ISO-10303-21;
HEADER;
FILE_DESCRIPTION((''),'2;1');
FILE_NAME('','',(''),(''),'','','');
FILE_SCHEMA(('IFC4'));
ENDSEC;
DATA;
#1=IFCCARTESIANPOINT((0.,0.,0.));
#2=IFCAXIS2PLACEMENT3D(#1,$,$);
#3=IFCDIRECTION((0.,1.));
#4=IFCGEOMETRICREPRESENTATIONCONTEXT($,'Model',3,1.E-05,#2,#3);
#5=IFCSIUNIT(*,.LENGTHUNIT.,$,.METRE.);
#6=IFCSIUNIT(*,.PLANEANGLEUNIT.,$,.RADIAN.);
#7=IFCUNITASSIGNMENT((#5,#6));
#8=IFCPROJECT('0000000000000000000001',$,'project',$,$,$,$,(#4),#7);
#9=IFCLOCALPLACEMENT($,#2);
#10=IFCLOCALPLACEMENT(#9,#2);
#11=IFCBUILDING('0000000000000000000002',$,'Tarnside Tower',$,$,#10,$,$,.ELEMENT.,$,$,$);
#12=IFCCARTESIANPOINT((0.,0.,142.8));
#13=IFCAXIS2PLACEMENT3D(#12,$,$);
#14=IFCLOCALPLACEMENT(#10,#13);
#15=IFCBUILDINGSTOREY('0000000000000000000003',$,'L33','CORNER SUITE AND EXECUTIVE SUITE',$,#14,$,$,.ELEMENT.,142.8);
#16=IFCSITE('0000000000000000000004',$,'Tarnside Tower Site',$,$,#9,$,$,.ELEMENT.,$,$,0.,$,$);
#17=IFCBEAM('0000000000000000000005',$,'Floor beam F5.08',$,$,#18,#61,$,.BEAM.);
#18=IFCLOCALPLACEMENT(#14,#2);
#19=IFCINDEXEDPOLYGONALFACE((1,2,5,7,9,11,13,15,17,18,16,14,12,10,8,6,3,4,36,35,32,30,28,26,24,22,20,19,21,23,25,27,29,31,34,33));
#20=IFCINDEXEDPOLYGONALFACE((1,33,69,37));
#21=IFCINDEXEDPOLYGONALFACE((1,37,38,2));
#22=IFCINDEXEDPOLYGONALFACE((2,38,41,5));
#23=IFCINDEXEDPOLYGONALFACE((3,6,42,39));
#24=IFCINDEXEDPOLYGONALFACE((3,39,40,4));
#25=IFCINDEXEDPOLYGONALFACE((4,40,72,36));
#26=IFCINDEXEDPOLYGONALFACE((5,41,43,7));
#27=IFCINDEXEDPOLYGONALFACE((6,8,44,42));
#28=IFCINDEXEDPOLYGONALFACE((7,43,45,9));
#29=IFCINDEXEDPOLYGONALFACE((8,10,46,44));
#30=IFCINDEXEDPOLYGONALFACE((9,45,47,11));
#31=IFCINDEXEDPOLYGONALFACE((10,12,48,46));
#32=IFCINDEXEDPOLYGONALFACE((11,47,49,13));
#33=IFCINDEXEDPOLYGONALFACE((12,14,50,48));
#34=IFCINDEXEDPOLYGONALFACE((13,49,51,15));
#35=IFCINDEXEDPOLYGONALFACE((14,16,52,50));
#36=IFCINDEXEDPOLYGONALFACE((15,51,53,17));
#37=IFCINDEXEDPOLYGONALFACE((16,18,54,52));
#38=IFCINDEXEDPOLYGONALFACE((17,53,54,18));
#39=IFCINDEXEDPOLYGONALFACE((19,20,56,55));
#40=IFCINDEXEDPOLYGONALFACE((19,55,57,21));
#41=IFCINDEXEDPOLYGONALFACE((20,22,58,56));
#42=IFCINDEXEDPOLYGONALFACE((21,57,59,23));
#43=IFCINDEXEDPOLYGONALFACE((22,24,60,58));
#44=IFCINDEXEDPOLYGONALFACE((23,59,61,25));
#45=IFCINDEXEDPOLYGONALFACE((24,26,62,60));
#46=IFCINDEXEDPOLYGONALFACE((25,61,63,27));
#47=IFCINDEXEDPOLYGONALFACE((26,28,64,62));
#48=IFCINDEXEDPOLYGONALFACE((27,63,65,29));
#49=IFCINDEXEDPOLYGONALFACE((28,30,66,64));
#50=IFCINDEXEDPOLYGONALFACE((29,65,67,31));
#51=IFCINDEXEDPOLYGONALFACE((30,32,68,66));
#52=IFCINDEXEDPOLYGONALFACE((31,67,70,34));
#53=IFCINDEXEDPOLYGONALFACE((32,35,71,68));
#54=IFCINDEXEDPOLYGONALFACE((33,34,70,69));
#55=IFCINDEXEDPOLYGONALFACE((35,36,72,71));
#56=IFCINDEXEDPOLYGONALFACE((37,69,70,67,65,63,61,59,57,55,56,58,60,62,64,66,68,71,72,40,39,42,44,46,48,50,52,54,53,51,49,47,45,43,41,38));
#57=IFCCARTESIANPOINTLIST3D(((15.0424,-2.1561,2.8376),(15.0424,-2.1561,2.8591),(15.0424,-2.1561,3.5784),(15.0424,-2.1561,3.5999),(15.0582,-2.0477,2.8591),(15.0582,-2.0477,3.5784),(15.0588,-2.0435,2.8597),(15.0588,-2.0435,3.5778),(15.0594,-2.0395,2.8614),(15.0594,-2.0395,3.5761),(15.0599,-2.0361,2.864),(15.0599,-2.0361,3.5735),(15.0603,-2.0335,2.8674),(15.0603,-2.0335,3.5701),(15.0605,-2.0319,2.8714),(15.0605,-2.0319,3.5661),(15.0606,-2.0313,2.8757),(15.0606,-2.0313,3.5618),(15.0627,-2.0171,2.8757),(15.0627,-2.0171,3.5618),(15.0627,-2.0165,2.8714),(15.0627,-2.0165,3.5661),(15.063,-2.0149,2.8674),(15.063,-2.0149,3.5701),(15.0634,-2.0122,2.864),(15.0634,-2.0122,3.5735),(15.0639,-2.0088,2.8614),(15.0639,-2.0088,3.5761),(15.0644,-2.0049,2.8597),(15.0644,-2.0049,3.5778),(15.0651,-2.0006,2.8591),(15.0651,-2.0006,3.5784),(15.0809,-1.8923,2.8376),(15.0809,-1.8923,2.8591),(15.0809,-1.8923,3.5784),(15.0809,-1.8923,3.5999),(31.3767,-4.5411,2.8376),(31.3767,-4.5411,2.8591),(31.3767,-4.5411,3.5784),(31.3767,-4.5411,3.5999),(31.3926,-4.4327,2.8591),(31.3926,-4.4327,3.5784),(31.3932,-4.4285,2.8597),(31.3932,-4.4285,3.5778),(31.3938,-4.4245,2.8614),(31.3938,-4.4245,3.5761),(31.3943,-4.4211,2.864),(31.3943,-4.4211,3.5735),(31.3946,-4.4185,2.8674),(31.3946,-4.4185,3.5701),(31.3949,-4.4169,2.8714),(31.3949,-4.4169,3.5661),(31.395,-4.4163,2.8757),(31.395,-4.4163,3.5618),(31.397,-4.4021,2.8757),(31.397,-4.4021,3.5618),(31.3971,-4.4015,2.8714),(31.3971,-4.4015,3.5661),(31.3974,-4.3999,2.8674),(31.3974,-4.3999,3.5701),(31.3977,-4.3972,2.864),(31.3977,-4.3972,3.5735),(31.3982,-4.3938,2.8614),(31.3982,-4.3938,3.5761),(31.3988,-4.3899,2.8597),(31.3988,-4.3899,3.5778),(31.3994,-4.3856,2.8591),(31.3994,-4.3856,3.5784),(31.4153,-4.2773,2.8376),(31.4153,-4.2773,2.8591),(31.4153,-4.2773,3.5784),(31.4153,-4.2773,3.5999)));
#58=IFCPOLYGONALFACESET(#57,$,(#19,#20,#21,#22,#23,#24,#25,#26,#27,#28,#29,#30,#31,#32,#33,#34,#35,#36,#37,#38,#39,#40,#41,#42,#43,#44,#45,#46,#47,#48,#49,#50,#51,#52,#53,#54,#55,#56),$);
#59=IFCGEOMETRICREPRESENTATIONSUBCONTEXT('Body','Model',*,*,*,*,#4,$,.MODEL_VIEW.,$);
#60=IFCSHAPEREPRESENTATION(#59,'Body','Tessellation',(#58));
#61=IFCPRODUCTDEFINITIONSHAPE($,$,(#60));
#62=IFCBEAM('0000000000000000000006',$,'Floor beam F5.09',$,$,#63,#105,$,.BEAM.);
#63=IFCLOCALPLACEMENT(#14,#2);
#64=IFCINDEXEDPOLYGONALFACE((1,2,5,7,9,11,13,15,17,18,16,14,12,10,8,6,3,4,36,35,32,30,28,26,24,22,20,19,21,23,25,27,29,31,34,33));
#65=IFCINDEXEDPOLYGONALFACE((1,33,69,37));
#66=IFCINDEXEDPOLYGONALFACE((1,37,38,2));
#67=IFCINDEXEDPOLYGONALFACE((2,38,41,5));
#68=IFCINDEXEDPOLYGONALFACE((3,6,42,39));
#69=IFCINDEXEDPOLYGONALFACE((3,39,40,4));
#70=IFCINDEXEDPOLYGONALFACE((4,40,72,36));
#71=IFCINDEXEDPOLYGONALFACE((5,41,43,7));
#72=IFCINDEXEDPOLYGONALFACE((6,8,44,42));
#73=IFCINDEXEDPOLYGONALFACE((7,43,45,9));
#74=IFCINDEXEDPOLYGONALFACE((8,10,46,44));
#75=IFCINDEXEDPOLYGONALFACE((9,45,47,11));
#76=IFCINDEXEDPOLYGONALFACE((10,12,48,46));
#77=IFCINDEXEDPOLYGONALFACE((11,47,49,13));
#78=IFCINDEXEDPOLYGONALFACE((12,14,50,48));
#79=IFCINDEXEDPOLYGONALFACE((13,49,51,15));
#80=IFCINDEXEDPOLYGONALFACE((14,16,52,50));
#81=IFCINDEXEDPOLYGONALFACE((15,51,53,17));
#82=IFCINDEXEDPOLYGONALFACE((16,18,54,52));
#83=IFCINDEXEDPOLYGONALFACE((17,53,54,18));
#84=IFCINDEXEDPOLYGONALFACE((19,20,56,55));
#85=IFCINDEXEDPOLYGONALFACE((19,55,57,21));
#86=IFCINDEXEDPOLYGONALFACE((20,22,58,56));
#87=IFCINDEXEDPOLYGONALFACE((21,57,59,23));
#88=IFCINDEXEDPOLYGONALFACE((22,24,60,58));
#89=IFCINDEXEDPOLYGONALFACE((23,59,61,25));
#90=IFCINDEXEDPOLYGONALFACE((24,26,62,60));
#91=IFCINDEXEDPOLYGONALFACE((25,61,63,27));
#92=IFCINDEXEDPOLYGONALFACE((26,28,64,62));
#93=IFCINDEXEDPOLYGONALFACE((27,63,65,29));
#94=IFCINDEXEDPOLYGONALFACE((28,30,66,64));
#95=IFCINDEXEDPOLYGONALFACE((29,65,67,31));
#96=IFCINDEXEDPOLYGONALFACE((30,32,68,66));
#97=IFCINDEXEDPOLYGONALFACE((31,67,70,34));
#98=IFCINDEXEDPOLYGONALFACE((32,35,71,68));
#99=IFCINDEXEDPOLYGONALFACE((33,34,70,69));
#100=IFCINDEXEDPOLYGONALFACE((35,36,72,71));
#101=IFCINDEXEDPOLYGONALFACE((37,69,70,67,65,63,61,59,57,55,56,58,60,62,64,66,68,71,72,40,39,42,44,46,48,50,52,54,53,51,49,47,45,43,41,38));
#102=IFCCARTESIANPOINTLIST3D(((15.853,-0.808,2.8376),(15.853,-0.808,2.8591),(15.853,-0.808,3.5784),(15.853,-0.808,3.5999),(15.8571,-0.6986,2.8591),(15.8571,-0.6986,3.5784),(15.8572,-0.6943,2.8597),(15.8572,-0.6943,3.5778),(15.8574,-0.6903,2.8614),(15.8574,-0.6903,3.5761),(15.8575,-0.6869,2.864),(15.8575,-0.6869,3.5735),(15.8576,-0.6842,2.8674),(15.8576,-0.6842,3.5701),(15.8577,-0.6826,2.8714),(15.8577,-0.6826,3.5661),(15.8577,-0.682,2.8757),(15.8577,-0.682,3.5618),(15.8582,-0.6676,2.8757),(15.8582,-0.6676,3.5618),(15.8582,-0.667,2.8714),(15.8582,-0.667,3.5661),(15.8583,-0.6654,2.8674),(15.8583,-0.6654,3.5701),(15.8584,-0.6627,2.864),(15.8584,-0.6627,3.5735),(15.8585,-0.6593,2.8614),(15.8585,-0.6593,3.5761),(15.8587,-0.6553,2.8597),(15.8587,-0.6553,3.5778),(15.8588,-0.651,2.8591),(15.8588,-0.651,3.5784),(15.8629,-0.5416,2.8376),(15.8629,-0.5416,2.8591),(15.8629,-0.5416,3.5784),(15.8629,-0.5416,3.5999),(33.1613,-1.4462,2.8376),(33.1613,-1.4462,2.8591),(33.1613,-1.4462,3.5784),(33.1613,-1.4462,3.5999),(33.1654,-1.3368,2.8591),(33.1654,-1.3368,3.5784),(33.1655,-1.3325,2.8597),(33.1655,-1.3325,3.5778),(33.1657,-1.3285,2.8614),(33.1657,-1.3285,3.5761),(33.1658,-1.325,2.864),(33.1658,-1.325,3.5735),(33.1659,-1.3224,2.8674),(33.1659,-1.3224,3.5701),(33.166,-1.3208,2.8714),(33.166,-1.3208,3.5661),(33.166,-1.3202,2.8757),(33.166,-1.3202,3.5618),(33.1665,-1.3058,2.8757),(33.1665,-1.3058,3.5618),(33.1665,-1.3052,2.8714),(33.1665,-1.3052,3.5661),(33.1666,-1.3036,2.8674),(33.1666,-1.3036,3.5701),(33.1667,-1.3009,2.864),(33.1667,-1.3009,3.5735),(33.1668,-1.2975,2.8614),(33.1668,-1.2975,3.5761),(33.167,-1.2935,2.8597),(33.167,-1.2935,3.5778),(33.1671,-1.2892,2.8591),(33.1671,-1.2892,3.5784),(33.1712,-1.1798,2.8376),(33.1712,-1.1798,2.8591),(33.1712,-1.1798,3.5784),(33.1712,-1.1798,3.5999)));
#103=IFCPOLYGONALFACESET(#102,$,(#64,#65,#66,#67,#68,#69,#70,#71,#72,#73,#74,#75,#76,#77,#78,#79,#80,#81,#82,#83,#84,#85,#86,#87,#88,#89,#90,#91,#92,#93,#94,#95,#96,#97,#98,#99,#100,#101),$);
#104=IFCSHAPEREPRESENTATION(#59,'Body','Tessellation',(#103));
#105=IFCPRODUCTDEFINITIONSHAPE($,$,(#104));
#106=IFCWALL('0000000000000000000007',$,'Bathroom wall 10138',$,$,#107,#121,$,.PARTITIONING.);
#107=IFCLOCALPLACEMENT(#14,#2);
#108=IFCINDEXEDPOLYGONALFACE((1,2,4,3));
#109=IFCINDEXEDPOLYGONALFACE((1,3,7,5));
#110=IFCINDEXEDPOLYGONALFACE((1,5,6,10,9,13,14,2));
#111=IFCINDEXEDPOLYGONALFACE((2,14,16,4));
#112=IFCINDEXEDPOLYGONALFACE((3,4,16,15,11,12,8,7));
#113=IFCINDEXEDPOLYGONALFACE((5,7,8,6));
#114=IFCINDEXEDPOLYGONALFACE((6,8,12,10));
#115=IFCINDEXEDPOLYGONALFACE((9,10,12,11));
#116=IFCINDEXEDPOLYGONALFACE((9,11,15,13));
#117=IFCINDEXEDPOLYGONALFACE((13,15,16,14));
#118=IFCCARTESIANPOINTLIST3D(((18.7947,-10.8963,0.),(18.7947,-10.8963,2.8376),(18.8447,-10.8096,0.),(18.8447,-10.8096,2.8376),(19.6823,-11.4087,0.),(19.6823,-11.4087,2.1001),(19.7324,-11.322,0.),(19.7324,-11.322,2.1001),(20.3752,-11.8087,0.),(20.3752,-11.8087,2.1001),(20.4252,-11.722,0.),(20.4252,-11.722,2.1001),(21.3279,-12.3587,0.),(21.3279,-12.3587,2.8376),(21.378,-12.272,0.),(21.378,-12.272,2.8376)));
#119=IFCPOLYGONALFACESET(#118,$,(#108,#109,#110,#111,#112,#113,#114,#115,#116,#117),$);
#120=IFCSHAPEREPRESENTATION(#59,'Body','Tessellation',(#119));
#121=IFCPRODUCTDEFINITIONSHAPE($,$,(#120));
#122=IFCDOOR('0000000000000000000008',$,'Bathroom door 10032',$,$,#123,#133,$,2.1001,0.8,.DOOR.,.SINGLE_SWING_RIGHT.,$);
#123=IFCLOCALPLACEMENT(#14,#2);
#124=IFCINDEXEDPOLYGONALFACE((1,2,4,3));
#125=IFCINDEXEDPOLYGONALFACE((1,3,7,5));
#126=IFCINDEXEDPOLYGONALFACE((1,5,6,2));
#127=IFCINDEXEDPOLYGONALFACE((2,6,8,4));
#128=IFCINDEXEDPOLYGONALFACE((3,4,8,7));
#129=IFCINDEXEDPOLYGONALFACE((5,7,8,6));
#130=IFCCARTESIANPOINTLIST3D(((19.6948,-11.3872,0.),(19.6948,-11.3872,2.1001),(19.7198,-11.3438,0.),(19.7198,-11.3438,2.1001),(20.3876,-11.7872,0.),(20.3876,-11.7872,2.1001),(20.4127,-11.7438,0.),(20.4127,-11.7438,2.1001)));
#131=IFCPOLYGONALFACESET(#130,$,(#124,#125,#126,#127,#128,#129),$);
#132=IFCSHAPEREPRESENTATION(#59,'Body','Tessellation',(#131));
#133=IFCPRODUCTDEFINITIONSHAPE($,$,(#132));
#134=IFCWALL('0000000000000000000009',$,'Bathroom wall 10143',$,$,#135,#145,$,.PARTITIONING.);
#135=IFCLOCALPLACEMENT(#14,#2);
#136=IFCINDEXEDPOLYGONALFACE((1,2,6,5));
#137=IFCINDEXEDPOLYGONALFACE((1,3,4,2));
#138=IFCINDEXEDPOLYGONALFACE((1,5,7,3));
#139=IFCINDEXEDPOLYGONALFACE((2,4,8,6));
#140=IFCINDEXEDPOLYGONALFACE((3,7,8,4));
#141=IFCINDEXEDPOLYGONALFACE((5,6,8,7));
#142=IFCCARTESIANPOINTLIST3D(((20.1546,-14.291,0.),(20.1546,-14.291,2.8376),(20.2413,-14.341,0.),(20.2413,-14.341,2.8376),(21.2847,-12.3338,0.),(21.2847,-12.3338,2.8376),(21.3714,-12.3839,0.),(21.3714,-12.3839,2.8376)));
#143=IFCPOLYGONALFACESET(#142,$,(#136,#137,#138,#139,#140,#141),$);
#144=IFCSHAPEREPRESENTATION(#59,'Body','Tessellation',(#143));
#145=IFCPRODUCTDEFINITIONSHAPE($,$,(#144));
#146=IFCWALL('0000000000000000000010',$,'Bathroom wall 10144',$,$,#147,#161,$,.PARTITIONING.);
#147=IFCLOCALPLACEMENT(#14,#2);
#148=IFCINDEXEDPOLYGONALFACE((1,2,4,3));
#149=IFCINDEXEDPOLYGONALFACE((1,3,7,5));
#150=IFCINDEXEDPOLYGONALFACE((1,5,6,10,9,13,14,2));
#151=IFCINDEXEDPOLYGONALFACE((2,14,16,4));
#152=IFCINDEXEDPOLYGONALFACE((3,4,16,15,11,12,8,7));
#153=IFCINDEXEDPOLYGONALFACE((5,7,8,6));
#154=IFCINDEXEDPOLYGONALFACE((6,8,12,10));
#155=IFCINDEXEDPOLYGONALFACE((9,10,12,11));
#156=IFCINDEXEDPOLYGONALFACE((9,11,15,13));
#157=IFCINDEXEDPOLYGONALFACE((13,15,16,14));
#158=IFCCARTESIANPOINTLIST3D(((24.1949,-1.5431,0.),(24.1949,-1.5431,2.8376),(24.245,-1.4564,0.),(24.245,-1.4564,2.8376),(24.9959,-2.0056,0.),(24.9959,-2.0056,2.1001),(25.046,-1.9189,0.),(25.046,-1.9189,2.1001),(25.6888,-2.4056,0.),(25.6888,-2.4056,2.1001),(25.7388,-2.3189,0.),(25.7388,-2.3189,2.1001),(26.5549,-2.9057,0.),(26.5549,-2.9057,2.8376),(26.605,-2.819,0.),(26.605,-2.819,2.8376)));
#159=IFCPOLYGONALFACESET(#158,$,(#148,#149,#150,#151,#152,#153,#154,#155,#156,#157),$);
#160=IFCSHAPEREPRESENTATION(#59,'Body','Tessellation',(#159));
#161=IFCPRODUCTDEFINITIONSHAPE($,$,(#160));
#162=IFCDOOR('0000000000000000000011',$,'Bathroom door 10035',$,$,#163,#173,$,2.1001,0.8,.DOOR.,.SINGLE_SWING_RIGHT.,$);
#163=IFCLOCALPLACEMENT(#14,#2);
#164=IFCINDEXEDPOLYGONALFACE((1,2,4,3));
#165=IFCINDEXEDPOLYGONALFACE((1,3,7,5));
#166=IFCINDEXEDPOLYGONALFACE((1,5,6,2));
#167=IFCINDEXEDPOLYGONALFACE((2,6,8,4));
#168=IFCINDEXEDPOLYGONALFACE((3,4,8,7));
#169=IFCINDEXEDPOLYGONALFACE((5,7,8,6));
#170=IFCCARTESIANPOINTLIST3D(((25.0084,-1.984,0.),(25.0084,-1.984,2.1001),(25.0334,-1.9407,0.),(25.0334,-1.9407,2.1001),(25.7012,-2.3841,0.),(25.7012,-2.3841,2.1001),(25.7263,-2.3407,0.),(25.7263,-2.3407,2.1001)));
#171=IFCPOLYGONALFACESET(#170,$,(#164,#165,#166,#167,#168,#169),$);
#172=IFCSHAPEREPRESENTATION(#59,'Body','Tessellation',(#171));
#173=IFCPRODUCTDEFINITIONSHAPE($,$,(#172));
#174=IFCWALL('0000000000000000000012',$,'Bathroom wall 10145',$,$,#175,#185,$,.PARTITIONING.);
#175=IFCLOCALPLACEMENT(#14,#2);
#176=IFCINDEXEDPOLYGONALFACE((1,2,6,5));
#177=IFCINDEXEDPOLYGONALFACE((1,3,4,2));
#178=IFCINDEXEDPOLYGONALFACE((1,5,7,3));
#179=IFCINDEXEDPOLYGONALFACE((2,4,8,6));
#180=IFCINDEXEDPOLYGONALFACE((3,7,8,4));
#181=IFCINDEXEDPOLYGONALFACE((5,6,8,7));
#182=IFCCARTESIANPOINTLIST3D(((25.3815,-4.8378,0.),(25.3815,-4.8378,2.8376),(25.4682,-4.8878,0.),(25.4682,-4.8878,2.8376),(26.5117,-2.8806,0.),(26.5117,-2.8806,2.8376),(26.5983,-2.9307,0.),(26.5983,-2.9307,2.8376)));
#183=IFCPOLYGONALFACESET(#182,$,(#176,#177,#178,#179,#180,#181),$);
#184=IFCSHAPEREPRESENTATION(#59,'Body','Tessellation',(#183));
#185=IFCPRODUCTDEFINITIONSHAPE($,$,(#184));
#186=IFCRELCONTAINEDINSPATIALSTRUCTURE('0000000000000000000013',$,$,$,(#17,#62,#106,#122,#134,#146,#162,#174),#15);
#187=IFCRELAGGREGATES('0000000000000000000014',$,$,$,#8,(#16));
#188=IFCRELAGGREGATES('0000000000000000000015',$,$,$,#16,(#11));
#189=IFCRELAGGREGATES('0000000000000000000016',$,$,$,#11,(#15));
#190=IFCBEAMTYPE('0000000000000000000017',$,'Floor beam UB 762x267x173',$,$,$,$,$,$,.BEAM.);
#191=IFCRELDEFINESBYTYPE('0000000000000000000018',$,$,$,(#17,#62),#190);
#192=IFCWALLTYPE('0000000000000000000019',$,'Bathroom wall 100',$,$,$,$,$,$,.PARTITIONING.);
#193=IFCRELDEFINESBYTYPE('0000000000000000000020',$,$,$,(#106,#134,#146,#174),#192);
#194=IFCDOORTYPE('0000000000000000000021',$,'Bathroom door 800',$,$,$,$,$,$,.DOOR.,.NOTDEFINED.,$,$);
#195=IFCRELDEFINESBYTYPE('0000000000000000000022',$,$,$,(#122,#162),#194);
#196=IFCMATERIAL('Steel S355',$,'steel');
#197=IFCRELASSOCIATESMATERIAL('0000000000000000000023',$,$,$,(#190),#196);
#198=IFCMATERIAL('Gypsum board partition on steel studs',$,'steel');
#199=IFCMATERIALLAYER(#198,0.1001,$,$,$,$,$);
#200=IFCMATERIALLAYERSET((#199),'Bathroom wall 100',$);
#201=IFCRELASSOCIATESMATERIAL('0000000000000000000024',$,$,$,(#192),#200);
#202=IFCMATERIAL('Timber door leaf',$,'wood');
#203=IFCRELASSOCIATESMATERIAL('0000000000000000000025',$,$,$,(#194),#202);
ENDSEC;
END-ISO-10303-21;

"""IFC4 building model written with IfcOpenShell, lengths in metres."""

from ifc_helpers import new_model, si_unit, direction, frame, frame_2d, origin, origin_2d, place, context, subcontext, project, spatial, rectangle, i_section, extrude, material, layer, layer_set, material_profile, profile_set, type_object, element, fill, save


model = new_model("IFC4")

# Units and contexts
model_context = context("Model", 3, precision=1e-05, world=origin(), true_north=direction((0.0, 1.0)))
body_context = subcontext(model_context, "Body", "Model", "MODEL_VIEW")
ifc_project = project(units=[si_unit("LENGTHUNIT", "METRE"), si_unit("PLANEANGLEUNIT", "RADIAN")], contexts=[model_context])

# Site, building, storey
site_placement = place(None, origin())
site = spatial("IfcSite", under=ifc_project, at=site_placement, Name="Tarnside Tower Site", CompositionType="ELEMENT", RefElevation=0.0)
building_placement = place(site_placement, origin())
building = spatial("IfcBuilding", under=site, at=building_placement, Name="Tarnside Tower", CompositionType="ELEMENT")
storey_placement = place(building_placement, frame((0.0, 0.0, 142.8)))
storey = spatial("IfcBuildingStorey", under=building, at=storey_placement, Name="L33", Description="CORNER SUITE AND EXECUTIVE SUITE", CompositionType="ELEMENT", Elevation=142.8)

# Beams
ifc_material_1 = material(Name="Steel S355", Category="steel")
ifc_material_profile_1 = material_profile(ifc_material_1, i_section(OverallWidth=0.2666, OverallDepth=0.7622, WebThickness=0.0144, FlangeThickness=0.0215, FilletRadius=0.0166, at=origin_2d()), Name="UB 762x267x173")
ifc_profile_set_1 = profile_set([ifc_material_profile_1], Name="Steel S355")
beam_type_1 = type_object("IfcBeamType", Name="Floor beam UB 762x267x173", PredefinedType="BEAM", material=ifc_profile_set_1)
beam_1_placement = place(storey_placement, frame((31.396, -4.4092, 3.2188), z_axis=(-0.989508, 0.144479, 0.0), x_axis=(-0.144479, -0.989508, 0.0)))
element("IfcBeam", 1, at=beam_1_placement, inside=storey, type_object=beam_type_1, Name="Floor beam F5.08", PredefinedType="BEAM", context=body_context, shape_type="SweptSolid", body=[
    extrude(i_section(OverallWidth=0.2666, OverallDepth=0.7622, WebThickness=0.0144, FlangeThickness=0.0215, FilletRadius=0.0166, at=origin_2d()), origin(), (0.0, 0.0, 1.0), 16.5076),
])
beam_2_placement = place(storey_placement, frame((33.1663, -1.313, 3.2188), z_axis=(-0.999321, 0.036846, 0.0), x_axis=(-0.036846, -0.999321, 0.0)))
element("IfcBeam", 2, at=beam_2_placement, inside=storey, type_object=beam_type_1, Name="Floor beam F5.09", PredefinedType="BEAM", context=body_context, shape_type="SweptSolid", body=[
    extrude(i_section(OverallWidth=0.2666, OverallDepth=0.7622, WebThickness=0.0144, FlangeThickness=0.0215, FilletRadius=0.0166, at=origin_2d()), origin(), (0.0, 0.0, 1.0), 17.3201),
])

# Wall, opening, door
ifc_material_2 = material(Name="Gypsum board partition on steel studs", Category="steel")
ifc_layer_1 = layer(ifc_material_2, 0.1001)
ifc_layer_set_1 = layer_set([ifc_layer_1], Name="Bathroom wall 100")
wall_type_1 = type_object("IfcWallType", Name="Bathroom wall 100", PredefinedType="PARTITIONING", material=ifc_layer_set_1)
wall_1_placement = place(storey_placement, frame((18.8198, -10.853, 0.0), z_axis=(0.0, 0.0, 1.0), x_axis=(0.866047, -0.499963, 0.0)))
wall_1 = element("IfcWall", 3, at=wall_1_placement, inside=storey, type_object=wall_type_1, Name="Bathroom wall 10138", PredefinedType="PARTITIONING", context=body_context, shape_type="SweptSolid", body=[
    extrude(rectangle(XDim=2.925, YDim=0.1001, at=frame_2d((1.4624, 0.0))), origin(), (0.0, 0.0, 1.0), 2.8376),
])
opening_1_placement = place(wall_1_placement, frame((1.0249, 0.0, 0.0)))
opening_1 = element("IfcOpeningElement", 4, at=opening_1_placement, cuts=wall_1, PredefinedType="OPENING", context=body_context, shape_type="SweptSolid", body=[
    extrude(rectangle(XDim=0.8, YDim=2.1001, at=frame_2d((0.3999, 1.05))), frame((0.0, 0.0601, 0.0), z_axis=(0.0, -1.0, 0.0), x_axis=(1.0, 0.0, 0.0)), (0.0, 0.0, 1.0), 0.1201),
])
ifc_material_3 = material(Name="Timber door leaf", Category="wood")
door_type_1 = type_object("IfcDoorType", Name="Bathroom door 800", OperationType="NOTDEFINED", PredefinedType="DOOR", material=ifc_material_3)
door_1_placement = place(opening_1_placement, origin())
door_1 = element("IfcDoor", 5, at=door_1_placement, inside=storey, type_object=door_type_1, Name="Bathroom door 10032", OperationType="SINGLE_SWING_RIGHT", OverallHeight=2.1001, OverallWidth=0.8, PredefinedType="DOOR", context=body_context, shape_type="SweptSolid", body=[
    extrude(rectangle(XDim=0.8, YDim=2.1001, at=frame_2d((0.3999, 1.05))), frame((0.0, 0.0249, 0.0), z_axis=(0.0, -1.0, 0.0), x_axis=(1.0, 0.0, 0.0)), (0.0, 0.0, 1.0), 0.05),
])
fill(opening_1, door_1)

# Wall
wall_2_placement = place(storey_placement, frame((20.198, -14.3159, 0.0), z_axis=(0.0, 0.0, 1.0), x_axis=(0.500031, 0.866007, 0.0)))
element("IfcWall", 6, at=wall_2_placement, inside=storey, type_object=wall_type_1, Name="Bathroom wall 10143", PredefinedType="PARTITIONING", context=body_context, shape_type="SweptSolid", body=[
    extrude(rectangle(XDim=2.26, YDim=0.1001, at=frame_2d((1.1299, 0.0))), origin(), (0.0, 0.0, 1.0), 2.8376),
])

# Wall, opening, door
wall_3_placement = place(storey_placement, frame((24.22, -1.4998, 0.0), z_axis=(0.0, 0.0, 1.0), x_axis=(0.866013, -0.500022, 0.0)))
wall_3 = element("IfcWall", 7, at=wall_3_placement, inside=storey, type_object=wall_type_1, Name="Bathroom wall 10144", PredefinedType="PARTITIONING", context=body_context, shape_type="SweptSolid", body=[
    extrude(rectangle(XDim=2.7251, YDim=0.1001, at=frame_2d((1.3625, 0.0))), origin(), (0.0, 0.0, 1.0), 2.8376),
])
opening_2_placement = place(wall_3_placement, frame((0.925, 0.0, 0.0)))
opening_2 = element("IfcOpeningElement", 8, at=opening_2_placement, cuts=wall_3, PredefinedType="OPENING", context=body_context, shape_type="SweptSolid", body=[
    extrude(rectangle(XDim=0.8, YDim=2.1001, at=frame_2d((0.3999, 1.05))), frame((0.0, 0.0601, 0.0), z_axis=(0.0, -1.0, 0.0), x_axis=(1.0, 0.0, 0.0)), (0.0, 0.0, 1.0), 0.1201),
])
door_2_placement = place(opening_2_placement, origin())
door_2 = element("IfcDoor", 9, at=door_2_placement, inside=storey, type_object=door_type_1, Name="Bathroom door 10035", OperationType="SINGLE_SWING_RIGHT", OverallHeight=2.1001, OverallWidth=0.8, PredefinedType="DOOR", context=body_context, shape_type="SweptSolid", body=[
    extrude(rectangle(XDim=0.8, YDim=2.1001, at=frame_2d((0.3999, 1.05))), frame((0.0, 0.0249, 0.0), z_axis=(0.0, -1.0, 0.0), x_axis=(1.0, 0.0, 0.0)), (0.0, 0.0, 1.0), 0.05),
])
fill(opening_2, door_2)

# Wall
wall_4_placement = place(storey_placement, frame((26.5549, -2.9058, 0.0), z_axis=(0.0, 0.0, 1.0), x_axis=(-0.500078, -0.86598, 0.0)))
element("IfcWall", 10, at=wall_4_placement, inside=storey, type_object=wall_type_1, Name="Bathroom wall 10145", PredefinedType="PARTITIONING", context=body_context, shape_type="SweptSolid", body=[
    extrude(rectangle(XDim=2.26, YDim=0.1001, at=frame_2d((1.1299, 0.0))), origin(), (0.0, 0.0, 1.0), 2.8376),
])

save(model, "model.ifc")
